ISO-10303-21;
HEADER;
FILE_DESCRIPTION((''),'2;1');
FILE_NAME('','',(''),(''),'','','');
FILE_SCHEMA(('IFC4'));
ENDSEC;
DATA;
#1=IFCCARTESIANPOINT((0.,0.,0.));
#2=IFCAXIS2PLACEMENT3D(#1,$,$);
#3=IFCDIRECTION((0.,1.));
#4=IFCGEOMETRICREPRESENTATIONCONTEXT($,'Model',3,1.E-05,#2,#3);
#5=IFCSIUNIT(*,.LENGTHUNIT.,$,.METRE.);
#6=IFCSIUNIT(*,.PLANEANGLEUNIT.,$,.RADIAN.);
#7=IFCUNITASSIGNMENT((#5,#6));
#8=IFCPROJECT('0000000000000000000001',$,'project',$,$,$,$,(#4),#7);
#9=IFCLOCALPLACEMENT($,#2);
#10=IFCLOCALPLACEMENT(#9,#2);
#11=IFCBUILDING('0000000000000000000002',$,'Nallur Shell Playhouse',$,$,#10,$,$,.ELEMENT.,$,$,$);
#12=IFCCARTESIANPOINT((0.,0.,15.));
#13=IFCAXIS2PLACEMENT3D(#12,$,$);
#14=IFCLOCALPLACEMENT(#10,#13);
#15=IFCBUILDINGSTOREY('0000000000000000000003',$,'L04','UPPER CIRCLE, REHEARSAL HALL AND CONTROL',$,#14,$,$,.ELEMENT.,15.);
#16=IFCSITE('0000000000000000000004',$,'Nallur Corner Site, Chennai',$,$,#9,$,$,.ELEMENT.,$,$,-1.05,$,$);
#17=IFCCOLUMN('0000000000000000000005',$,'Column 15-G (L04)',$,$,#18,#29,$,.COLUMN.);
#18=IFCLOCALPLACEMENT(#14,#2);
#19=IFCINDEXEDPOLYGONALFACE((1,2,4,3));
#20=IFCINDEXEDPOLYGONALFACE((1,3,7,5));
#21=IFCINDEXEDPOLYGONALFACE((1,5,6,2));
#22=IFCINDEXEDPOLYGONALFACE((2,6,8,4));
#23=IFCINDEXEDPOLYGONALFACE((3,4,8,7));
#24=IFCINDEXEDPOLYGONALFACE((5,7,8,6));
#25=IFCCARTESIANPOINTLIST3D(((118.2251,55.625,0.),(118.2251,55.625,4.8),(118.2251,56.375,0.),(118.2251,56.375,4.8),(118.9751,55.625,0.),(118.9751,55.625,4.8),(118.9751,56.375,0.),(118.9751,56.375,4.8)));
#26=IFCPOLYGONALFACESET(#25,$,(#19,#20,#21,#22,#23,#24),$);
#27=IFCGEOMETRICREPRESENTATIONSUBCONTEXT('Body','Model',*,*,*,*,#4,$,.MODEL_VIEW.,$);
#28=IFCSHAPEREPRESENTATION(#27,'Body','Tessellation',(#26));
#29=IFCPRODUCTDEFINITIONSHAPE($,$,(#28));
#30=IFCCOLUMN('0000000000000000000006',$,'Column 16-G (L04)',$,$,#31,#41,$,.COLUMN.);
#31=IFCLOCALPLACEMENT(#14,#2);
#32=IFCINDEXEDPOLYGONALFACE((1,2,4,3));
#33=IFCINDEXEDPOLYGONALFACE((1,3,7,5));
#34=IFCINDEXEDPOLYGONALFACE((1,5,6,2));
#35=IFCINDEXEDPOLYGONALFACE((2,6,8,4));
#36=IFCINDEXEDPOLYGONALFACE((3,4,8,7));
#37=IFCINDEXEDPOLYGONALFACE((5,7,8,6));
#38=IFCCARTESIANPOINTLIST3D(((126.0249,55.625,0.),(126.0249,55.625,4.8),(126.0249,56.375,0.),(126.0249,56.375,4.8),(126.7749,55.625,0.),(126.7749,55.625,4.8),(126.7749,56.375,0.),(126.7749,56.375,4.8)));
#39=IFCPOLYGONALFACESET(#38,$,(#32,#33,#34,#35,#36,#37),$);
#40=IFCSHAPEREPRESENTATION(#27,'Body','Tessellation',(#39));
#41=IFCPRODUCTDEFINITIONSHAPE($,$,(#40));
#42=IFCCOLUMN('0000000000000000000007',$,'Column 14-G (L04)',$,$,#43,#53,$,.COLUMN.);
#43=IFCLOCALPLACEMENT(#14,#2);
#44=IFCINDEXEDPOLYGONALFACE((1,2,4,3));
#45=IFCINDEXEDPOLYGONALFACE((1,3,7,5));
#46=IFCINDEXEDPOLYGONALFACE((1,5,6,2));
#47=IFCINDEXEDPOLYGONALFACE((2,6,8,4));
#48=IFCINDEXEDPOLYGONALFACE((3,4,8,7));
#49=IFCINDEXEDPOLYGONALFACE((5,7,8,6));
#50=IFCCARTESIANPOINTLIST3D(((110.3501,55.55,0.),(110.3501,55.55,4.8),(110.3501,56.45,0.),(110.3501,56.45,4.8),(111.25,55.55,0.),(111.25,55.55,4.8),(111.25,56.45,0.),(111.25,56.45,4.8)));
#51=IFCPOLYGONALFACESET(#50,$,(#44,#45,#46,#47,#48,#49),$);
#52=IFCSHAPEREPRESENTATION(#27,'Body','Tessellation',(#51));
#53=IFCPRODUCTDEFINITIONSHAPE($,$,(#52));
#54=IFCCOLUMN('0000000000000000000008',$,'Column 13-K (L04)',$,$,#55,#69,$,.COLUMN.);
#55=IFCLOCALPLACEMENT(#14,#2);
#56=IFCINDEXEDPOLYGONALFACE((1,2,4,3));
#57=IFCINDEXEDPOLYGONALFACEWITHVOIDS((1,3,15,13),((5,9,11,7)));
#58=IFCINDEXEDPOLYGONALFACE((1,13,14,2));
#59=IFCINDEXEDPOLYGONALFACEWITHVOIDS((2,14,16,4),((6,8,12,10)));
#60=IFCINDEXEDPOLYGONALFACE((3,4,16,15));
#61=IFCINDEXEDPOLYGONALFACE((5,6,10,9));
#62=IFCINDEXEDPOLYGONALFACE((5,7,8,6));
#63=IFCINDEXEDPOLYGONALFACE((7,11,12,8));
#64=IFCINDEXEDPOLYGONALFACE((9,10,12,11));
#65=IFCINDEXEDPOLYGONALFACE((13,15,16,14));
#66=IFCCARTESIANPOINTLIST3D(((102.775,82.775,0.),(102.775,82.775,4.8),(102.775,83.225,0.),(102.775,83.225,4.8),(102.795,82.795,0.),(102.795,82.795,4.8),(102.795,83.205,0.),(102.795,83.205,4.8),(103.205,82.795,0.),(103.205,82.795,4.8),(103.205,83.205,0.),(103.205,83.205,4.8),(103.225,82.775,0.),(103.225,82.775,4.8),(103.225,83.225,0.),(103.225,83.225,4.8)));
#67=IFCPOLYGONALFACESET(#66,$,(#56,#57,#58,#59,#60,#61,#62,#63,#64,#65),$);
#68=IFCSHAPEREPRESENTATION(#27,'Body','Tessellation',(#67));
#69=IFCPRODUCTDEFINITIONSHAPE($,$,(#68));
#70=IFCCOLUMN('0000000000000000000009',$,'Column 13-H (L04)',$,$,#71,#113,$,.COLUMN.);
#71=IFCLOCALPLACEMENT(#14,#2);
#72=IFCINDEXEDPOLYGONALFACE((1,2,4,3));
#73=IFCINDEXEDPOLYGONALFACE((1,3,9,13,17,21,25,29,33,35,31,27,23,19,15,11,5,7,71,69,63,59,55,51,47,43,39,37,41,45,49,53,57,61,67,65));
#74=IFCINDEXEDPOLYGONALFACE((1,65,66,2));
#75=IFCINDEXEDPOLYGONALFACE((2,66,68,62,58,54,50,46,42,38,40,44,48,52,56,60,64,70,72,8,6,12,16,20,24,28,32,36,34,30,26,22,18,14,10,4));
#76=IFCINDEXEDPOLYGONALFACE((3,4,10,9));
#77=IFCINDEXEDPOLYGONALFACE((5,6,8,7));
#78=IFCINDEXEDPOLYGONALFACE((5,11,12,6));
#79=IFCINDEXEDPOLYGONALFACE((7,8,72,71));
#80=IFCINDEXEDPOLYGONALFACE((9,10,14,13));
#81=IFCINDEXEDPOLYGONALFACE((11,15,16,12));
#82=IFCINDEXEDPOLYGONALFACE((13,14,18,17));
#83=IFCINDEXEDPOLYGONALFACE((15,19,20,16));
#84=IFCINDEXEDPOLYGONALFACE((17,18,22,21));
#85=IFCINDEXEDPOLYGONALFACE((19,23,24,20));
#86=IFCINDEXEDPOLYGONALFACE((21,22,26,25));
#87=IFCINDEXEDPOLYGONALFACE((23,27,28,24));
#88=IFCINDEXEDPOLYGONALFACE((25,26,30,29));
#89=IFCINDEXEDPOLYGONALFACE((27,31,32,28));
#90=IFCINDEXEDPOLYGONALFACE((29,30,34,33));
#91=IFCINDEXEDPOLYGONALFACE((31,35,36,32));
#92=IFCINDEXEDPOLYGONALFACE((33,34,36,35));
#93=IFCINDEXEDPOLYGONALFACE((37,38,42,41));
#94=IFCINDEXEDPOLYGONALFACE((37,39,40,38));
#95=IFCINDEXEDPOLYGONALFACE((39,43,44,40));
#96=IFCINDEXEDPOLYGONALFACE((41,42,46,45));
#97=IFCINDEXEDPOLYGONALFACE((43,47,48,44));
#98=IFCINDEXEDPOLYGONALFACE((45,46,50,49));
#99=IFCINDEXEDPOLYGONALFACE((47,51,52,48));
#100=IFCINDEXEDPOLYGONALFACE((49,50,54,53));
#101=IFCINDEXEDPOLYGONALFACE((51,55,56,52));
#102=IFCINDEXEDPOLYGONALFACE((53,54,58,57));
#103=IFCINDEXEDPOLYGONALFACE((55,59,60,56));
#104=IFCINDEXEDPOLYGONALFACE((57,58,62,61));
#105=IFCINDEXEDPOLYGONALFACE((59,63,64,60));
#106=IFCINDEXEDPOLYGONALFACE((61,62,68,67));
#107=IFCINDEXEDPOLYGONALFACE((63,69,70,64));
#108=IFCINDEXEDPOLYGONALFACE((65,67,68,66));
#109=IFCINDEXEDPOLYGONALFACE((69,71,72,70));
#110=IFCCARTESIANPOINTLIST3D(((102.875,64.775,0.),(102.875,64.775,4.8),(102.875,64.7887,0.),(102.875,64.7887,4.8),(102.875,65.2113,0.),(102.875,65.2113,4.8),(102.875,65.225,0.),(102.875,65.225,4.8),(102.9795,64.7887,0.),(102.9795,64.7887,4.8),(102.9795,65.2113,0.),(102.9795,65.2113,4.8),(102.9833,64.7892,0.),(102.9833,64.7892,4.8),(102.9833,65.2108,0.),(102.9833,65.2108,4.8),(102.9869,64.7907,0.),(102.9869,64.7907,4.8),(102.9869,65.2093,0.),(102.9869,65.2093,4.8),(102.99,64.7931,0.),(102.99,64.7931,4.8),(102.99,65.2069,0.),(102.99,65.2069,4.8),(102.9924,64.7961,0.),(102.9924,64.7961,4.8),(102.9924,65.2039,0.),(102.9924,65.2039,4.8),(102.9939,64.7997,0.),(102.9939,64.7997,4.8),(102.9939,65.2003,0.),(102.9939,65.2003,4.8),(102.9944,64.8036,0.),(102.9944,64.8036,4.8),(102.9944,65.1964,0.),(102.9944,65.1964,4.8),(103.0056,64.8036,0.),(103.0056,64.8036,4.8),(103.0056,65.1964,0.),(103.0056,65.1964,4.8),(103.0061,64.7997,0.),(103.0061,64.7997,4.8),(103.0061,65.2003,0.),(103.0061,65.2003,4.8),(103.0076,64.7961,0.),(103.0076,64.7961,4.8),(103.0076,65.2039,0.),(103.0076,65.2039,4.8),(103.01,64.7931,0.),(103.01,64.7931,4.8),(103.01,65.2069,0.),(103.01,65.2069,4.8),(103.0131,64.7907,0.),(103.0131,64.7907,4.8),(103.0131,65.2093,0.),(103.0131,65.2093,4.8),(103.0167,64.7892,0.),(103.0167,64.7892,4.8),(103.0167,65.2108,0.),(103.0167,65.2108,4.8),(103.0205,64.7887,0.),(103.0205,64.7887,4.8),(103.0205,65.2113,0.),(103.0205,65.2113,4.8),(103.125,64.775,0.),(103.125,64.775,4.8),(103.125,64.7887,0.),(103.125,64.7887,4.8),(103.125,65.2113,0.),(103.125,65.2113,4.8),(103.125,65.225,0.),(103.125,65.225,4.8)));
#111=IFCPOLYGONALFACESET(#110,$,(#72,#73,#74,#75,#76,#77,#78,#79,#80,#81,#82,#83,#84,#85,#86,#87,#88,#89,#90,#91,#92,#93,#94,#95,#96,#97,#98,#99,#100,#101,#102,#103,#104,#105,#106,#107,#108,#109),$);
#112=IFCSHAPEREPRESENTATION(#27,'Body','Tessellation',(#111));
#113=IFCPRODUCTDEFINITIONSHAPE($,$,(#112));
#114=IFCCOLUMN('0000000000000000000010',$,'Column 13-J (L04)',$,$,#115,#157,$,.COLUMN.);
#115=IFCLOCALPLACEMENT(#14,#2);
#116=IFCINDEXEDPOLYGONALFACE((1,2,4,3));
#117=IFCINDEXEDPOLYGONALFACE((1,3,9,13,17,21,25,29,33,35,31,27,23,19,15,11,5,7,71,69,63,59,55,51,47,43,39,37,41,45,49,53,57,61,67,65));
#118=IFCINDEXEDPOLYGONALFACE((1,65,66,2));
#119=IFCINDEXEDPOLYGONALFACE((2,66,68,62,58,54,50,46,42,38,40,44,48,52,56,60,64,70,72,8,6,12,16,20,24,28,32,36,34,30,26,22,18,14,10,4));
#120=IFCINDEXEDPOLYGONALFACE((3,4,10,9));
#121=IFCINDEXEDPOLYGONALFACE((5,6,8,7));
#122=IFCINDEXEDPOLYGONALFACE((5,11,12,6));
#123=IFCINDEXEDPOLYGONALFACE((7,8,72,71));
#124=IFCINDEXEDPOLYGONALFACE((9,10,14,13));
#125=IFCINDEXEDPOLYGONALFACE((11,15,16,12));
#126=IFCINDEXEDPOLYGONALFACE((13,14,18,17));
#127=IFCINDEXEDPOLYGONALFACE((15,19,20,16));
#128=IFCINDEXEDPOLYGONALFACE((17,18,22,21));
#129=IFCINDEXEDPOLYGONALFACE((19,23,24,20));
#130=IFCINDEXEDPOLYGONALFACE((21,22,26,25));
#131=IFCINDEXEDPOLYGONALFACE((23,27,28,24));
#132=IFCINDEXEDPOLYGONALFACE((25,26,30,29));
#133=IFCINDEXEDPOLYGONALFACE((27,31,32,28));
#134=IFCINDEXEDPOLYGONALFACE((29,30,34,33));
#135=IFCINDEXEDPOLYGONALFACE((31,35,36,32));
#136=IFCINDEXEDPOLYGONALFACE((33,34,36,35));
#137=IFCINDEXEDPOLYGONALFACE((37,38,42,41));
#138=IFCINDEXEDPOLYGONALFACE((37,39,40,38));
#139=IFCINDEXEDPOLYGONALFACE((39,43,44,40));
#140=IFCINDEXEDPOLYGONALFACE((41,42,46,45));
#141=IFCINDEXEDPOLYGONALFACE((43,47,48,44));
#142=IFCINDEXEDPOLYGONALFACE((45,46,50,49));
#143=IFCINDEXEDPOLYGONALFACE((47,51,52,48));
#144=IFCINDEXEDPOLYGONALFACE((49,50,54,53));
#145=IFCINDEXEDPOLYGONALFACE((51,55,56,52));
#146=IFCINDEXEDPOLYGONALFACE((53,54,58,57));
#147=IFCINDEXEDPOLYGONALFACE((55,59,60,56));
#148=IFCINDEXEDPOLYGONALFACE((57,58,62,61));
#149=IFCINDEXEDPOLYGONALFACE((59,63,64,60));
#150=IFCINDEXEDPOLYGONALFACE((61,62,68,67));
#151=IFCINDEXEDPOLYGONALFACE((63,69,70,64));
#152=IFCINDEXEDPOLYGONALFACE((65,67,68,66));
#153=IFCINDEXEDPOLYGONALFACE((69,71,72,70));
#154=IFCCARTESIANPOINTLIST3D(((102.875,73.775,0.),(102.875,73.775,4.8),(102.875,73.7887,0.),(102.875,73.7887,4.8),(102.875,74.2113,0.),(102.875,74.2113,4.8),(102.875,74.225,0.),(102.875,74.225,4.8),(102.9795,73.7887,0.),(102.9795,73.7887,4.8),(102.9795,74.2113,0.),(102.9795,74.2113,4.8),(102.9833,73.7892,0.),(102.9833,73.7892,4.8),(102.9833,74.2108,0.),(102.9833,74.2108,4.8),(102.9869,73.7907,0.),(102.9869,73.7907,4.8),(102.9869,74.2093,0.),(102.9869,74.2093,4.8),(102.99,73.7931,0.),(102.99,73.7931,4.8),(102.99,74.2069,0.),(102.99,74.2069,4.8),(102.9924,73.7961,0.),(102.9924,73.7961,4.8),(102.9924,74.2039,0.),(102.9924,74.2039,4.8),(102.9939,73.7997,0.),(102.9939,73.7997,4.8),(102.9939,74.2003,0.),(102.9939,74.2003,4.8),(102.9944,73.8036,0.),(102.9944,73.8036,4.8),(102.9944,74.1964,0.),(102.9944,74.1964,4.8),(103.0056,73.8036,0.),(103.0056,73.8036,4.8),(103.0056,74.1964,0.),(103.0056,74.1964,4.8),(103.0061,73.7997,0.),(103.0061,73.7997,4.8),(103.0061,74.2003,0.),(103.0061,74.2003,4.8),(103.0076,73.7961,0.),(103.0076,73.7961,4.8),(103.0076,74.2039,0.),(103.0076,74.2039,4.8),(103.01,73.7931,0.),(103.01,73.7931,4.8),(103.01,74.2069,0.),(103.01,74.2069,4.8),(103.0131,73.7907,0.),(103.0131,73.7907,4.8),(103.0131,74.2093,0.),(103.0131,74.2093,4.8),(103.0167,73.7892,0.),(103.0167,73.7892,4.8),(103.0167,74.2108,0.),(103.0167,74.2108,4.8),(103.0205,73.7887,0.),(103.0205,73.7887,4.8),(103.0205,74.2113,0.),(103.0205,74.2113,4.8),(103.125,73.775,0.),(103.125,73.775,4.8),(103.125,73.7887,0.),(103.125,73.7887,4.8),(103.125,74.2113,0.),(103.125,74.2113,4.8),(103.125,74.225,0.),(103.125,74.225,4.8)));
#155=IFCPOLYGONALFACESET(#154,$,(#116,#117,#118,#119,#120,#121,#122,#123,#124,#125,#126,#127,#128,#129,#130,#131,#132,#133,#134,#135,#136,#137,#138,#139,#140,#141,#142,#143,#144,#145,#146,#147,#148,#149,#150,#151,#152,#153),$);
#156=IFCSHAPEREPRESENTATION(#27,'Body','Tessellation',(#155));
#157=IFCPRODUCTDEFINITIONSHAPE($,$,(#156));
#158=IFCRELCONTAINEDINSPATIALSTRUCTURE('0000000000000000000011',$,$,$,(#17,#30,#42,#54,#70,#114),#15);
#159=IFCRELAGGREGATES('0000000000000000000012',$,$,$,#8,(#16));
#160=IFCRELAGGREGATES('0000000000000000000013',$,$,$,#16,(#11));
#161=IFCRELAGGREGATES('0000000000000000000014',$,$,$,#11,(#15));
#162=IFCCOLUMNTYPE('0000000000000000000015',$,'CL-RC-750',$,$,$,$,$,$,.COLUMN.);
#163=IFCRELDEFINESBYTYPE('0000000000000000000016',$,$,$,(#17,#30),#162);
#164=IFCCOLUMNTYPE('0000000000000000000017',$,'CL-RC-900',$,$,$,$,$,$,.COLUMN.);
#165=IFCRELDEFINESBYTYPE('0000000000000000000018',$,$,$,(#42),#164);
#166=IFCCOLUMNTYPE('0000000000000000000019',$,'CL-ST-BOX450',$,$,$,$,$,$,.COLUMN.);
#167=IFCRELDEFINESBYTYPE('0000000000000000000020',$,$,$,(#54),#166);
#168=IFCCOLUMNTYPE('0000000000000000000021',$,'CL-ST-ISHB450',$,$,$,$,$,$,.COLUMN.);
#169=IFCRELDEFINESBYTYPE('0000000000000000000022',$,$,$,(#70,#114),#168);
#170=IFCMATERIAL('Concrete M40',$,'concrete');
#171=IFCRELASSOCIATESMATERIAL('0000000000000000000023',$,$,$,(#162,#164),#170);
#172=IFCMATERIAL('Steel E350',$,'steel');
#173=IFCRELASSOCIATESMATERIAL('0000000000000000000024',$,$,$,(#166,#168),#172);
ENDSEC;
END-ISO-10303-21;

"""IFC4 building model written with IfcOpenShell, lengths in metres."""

from ifc_helpers import new_model, si_unit, direction, frame, origin, origin_2d, place, context, subcontext, project, spatial, rectangle, hollow_rectangle, i_section, extrude, material, material_profile, profile_set, type_object, element, save


model = new_model("IFC4")

# Units and contexts
model_context = context("Model", 3, precision=1e-05, world=origin(), true_north=direction((0.0, 1.0)))
body_context = subcontext(model_context, "Body", "Model", "MODEL_VIEW")
ifc_project = project(units=[si_unit("LENGTHUNIT", "METRE"), si_unit("PLANEANGLEUNIT", "RADIAN")], contexts=[model_context])

# Site, building, storey
site_placement = place(None, origin())
site = spatial("IfcSite", under=ifc_project, at=site_placement, Name="Nallur Corner Site, Chennai", CompositionType="ELEMENT", RefElevation=-1.05)
building_placement = place(site_placement, origin())
building = spatial("IfcBuilding", under=site, at=building_placement, Name="Nallur Shell Playhouse", CompositionType="ELEMENT")
storey_placement = place(building_placement, frame((0.0, 0.0, 15.0)))
storey = spatial("IfcBuildingStorey", under=building, at=storey_placement, Name="L04", Description="UPPER CIRCLE, REHEARSAL HALL AND CONTROL", CompositionType="ELEMENT", Elevation=15.0)

# Columns
ifc_material_1 = material(Name="Concrete M40", Category="concrete")
ifc_material_profile_1 = material_profile(ifc_material_1, rectangle(XDim=0.75, YDim=0.75, at=origin_2d()), Name="RC 750x750")
ifc_profile_set_1 = profile_set([ifc_material_profile_1], Name="Concrete M40")
column_type_1 = type_object("IfcColumnType", Name="CL-RC-750", PredefinedType="COLUMN", material=ifc_profile_set_1)
for number, where, z_axis, x_axis, name in (
    (1, (118.6001, 56.0, 0.0), (0.0, 0.0, 1.0), (1.0, 0.0, 0.0), "Column 15-G (L04)"),
    (2, (126.3999, 56.0, 0.0), (0.0, 0.0, 1.0), (1.0, 0.0, 0.0), "Column 16-G (L04)"),
):
    element("IfcColumn", number, at=place(storey_placement, frame(where, z_axis=z_axis, x_axis=x_axis)), inside=storey, type_object=column_type_1, Name=name, PredefinedType="COLUMN", context=body_context, shape_type="SweptSolid", body=[
        extrude(rectangle(XDim=0.75, YDim=0.75, at=origin_2d()), origin(), (0.0, 0.0, 1.0), 4.8),
    ])
ifc_material_profile_2 = material_profile(ifc_material_1, rectangle(XDim=0.8999, YDim=0.8999, at=origin_2d()), Name="RC 900x900")
ifc_profile_set_2 = profile_set([ifc_material_profile_2], Name="Concrete M40")
column_type_2 = type_object("IfcColumnType", Name="CL-RC-900", PredefinedType="COLUMN", material=ifc_profile_set_2)
column_1_placement = place(storey_placement, frame((110.8, 56.0, 0.0), z_axis=(0.0, 0.0, 1.0), x_axis=(1.0, 0.0, 0.0)))
element("IfcColumn", 3, at=column_1_placement, inside=storey, type_object=column_type_2, Name="Column 14-G (L04)", PredefinedType="COLUMN", context=body_context, shape_type="SweptSolid", body=[
    extrude(rectangle(XDim=0.8999, YDim=0.8999, at=origin_2d()), origin(), (0.0, 0.0, 1.0), 4.8),
])
ifc_material_2 = material(Name="Steel E350", Category="steel")
ifc_material_profile_3 = material_profile(ifc_material_2, hollow_rectangle(XDim=0.45, YDim=0.45, WallThickness=0.02, at=origin_2d()), Name="BOX 450x450x20")
ifc_profile_set_3 = profile_set([ifc_material_profile_3], Name="Steel E350")
column_type_3 = type_object("IfcColumnType", Name="CL-ST-BOX450", PredefinedType="COLUMN", material=ifc_profile_set_3)
column_2_placement = place(storey_placement, frame((103.0, 83.0, 0.0), z_axis=(0.0, 0.0, 1.0), x_axis=(1.0, 0.0, 0.0)))
element("IfcColumn", 4, at=column_2_placement, inside=storey, type_object=column_type_3, Name="Column 13-K (L04)", PredefinedType="COLUMN", context=body_context, shape_type="SweptSolid", body=[
    extrude(hollow_rectangle(XDim=0.45, YDim=0.45, WallThickness=0.02, at=origin_2d()), origin(), (0.0, 0.0, 1.0), 4.8),
])
ifc_material_profile_4 = material_profile(ifc_material_2, i_section(OverallWidth=0.25, OverallDepth=0.45, WebThickness=0.0112, FlangeThickness=0.0137, FilletRadius=0.0149, at=origin_2d()), Name="ISHB 450")
ifc_profile_set_4 = profile_set([ifc_material_profile_4], Name="Steel E350")
column_type_4 = type_object("IfcColumnType", Name="CL-ST-ISHB450", PredefinedType="COLUMN", material=ifc_profile_set_4)
for number, where, z_axis, x_axis, name in (
    (5, (103.0, 65.0, 0.0), (0.0, 0.0, 1.0), (1.0, 0.0, 0.0), "Column 13-H (L04)"),
    (6, (103.0, 74.0, 0.0), (0.0, 0.0, 1.0), (1.0, 0.0, 0.0), "Column 13-J (L04)"),
):
    element("IfcColumn", number, at=place(storey_placement, frame(where, z_axis=z_axis, x_axis=x_axis)), inside=storey, type_object=column_type_4, Name=name, PredefinedType="COLUMN", context=body_context, shape_type="SweptSolid", body=[
        extrude(i_section(OverallWidth=0.25, OverallDepth=0.45, WebThickness=0.0112, FlangeThickness=0.0137, FilletRadius=0.0149, at=origin_2d()), origin(), (0.0, 0.0, 1.0), 4.8),
    ])

save(model, "model.ifc")
